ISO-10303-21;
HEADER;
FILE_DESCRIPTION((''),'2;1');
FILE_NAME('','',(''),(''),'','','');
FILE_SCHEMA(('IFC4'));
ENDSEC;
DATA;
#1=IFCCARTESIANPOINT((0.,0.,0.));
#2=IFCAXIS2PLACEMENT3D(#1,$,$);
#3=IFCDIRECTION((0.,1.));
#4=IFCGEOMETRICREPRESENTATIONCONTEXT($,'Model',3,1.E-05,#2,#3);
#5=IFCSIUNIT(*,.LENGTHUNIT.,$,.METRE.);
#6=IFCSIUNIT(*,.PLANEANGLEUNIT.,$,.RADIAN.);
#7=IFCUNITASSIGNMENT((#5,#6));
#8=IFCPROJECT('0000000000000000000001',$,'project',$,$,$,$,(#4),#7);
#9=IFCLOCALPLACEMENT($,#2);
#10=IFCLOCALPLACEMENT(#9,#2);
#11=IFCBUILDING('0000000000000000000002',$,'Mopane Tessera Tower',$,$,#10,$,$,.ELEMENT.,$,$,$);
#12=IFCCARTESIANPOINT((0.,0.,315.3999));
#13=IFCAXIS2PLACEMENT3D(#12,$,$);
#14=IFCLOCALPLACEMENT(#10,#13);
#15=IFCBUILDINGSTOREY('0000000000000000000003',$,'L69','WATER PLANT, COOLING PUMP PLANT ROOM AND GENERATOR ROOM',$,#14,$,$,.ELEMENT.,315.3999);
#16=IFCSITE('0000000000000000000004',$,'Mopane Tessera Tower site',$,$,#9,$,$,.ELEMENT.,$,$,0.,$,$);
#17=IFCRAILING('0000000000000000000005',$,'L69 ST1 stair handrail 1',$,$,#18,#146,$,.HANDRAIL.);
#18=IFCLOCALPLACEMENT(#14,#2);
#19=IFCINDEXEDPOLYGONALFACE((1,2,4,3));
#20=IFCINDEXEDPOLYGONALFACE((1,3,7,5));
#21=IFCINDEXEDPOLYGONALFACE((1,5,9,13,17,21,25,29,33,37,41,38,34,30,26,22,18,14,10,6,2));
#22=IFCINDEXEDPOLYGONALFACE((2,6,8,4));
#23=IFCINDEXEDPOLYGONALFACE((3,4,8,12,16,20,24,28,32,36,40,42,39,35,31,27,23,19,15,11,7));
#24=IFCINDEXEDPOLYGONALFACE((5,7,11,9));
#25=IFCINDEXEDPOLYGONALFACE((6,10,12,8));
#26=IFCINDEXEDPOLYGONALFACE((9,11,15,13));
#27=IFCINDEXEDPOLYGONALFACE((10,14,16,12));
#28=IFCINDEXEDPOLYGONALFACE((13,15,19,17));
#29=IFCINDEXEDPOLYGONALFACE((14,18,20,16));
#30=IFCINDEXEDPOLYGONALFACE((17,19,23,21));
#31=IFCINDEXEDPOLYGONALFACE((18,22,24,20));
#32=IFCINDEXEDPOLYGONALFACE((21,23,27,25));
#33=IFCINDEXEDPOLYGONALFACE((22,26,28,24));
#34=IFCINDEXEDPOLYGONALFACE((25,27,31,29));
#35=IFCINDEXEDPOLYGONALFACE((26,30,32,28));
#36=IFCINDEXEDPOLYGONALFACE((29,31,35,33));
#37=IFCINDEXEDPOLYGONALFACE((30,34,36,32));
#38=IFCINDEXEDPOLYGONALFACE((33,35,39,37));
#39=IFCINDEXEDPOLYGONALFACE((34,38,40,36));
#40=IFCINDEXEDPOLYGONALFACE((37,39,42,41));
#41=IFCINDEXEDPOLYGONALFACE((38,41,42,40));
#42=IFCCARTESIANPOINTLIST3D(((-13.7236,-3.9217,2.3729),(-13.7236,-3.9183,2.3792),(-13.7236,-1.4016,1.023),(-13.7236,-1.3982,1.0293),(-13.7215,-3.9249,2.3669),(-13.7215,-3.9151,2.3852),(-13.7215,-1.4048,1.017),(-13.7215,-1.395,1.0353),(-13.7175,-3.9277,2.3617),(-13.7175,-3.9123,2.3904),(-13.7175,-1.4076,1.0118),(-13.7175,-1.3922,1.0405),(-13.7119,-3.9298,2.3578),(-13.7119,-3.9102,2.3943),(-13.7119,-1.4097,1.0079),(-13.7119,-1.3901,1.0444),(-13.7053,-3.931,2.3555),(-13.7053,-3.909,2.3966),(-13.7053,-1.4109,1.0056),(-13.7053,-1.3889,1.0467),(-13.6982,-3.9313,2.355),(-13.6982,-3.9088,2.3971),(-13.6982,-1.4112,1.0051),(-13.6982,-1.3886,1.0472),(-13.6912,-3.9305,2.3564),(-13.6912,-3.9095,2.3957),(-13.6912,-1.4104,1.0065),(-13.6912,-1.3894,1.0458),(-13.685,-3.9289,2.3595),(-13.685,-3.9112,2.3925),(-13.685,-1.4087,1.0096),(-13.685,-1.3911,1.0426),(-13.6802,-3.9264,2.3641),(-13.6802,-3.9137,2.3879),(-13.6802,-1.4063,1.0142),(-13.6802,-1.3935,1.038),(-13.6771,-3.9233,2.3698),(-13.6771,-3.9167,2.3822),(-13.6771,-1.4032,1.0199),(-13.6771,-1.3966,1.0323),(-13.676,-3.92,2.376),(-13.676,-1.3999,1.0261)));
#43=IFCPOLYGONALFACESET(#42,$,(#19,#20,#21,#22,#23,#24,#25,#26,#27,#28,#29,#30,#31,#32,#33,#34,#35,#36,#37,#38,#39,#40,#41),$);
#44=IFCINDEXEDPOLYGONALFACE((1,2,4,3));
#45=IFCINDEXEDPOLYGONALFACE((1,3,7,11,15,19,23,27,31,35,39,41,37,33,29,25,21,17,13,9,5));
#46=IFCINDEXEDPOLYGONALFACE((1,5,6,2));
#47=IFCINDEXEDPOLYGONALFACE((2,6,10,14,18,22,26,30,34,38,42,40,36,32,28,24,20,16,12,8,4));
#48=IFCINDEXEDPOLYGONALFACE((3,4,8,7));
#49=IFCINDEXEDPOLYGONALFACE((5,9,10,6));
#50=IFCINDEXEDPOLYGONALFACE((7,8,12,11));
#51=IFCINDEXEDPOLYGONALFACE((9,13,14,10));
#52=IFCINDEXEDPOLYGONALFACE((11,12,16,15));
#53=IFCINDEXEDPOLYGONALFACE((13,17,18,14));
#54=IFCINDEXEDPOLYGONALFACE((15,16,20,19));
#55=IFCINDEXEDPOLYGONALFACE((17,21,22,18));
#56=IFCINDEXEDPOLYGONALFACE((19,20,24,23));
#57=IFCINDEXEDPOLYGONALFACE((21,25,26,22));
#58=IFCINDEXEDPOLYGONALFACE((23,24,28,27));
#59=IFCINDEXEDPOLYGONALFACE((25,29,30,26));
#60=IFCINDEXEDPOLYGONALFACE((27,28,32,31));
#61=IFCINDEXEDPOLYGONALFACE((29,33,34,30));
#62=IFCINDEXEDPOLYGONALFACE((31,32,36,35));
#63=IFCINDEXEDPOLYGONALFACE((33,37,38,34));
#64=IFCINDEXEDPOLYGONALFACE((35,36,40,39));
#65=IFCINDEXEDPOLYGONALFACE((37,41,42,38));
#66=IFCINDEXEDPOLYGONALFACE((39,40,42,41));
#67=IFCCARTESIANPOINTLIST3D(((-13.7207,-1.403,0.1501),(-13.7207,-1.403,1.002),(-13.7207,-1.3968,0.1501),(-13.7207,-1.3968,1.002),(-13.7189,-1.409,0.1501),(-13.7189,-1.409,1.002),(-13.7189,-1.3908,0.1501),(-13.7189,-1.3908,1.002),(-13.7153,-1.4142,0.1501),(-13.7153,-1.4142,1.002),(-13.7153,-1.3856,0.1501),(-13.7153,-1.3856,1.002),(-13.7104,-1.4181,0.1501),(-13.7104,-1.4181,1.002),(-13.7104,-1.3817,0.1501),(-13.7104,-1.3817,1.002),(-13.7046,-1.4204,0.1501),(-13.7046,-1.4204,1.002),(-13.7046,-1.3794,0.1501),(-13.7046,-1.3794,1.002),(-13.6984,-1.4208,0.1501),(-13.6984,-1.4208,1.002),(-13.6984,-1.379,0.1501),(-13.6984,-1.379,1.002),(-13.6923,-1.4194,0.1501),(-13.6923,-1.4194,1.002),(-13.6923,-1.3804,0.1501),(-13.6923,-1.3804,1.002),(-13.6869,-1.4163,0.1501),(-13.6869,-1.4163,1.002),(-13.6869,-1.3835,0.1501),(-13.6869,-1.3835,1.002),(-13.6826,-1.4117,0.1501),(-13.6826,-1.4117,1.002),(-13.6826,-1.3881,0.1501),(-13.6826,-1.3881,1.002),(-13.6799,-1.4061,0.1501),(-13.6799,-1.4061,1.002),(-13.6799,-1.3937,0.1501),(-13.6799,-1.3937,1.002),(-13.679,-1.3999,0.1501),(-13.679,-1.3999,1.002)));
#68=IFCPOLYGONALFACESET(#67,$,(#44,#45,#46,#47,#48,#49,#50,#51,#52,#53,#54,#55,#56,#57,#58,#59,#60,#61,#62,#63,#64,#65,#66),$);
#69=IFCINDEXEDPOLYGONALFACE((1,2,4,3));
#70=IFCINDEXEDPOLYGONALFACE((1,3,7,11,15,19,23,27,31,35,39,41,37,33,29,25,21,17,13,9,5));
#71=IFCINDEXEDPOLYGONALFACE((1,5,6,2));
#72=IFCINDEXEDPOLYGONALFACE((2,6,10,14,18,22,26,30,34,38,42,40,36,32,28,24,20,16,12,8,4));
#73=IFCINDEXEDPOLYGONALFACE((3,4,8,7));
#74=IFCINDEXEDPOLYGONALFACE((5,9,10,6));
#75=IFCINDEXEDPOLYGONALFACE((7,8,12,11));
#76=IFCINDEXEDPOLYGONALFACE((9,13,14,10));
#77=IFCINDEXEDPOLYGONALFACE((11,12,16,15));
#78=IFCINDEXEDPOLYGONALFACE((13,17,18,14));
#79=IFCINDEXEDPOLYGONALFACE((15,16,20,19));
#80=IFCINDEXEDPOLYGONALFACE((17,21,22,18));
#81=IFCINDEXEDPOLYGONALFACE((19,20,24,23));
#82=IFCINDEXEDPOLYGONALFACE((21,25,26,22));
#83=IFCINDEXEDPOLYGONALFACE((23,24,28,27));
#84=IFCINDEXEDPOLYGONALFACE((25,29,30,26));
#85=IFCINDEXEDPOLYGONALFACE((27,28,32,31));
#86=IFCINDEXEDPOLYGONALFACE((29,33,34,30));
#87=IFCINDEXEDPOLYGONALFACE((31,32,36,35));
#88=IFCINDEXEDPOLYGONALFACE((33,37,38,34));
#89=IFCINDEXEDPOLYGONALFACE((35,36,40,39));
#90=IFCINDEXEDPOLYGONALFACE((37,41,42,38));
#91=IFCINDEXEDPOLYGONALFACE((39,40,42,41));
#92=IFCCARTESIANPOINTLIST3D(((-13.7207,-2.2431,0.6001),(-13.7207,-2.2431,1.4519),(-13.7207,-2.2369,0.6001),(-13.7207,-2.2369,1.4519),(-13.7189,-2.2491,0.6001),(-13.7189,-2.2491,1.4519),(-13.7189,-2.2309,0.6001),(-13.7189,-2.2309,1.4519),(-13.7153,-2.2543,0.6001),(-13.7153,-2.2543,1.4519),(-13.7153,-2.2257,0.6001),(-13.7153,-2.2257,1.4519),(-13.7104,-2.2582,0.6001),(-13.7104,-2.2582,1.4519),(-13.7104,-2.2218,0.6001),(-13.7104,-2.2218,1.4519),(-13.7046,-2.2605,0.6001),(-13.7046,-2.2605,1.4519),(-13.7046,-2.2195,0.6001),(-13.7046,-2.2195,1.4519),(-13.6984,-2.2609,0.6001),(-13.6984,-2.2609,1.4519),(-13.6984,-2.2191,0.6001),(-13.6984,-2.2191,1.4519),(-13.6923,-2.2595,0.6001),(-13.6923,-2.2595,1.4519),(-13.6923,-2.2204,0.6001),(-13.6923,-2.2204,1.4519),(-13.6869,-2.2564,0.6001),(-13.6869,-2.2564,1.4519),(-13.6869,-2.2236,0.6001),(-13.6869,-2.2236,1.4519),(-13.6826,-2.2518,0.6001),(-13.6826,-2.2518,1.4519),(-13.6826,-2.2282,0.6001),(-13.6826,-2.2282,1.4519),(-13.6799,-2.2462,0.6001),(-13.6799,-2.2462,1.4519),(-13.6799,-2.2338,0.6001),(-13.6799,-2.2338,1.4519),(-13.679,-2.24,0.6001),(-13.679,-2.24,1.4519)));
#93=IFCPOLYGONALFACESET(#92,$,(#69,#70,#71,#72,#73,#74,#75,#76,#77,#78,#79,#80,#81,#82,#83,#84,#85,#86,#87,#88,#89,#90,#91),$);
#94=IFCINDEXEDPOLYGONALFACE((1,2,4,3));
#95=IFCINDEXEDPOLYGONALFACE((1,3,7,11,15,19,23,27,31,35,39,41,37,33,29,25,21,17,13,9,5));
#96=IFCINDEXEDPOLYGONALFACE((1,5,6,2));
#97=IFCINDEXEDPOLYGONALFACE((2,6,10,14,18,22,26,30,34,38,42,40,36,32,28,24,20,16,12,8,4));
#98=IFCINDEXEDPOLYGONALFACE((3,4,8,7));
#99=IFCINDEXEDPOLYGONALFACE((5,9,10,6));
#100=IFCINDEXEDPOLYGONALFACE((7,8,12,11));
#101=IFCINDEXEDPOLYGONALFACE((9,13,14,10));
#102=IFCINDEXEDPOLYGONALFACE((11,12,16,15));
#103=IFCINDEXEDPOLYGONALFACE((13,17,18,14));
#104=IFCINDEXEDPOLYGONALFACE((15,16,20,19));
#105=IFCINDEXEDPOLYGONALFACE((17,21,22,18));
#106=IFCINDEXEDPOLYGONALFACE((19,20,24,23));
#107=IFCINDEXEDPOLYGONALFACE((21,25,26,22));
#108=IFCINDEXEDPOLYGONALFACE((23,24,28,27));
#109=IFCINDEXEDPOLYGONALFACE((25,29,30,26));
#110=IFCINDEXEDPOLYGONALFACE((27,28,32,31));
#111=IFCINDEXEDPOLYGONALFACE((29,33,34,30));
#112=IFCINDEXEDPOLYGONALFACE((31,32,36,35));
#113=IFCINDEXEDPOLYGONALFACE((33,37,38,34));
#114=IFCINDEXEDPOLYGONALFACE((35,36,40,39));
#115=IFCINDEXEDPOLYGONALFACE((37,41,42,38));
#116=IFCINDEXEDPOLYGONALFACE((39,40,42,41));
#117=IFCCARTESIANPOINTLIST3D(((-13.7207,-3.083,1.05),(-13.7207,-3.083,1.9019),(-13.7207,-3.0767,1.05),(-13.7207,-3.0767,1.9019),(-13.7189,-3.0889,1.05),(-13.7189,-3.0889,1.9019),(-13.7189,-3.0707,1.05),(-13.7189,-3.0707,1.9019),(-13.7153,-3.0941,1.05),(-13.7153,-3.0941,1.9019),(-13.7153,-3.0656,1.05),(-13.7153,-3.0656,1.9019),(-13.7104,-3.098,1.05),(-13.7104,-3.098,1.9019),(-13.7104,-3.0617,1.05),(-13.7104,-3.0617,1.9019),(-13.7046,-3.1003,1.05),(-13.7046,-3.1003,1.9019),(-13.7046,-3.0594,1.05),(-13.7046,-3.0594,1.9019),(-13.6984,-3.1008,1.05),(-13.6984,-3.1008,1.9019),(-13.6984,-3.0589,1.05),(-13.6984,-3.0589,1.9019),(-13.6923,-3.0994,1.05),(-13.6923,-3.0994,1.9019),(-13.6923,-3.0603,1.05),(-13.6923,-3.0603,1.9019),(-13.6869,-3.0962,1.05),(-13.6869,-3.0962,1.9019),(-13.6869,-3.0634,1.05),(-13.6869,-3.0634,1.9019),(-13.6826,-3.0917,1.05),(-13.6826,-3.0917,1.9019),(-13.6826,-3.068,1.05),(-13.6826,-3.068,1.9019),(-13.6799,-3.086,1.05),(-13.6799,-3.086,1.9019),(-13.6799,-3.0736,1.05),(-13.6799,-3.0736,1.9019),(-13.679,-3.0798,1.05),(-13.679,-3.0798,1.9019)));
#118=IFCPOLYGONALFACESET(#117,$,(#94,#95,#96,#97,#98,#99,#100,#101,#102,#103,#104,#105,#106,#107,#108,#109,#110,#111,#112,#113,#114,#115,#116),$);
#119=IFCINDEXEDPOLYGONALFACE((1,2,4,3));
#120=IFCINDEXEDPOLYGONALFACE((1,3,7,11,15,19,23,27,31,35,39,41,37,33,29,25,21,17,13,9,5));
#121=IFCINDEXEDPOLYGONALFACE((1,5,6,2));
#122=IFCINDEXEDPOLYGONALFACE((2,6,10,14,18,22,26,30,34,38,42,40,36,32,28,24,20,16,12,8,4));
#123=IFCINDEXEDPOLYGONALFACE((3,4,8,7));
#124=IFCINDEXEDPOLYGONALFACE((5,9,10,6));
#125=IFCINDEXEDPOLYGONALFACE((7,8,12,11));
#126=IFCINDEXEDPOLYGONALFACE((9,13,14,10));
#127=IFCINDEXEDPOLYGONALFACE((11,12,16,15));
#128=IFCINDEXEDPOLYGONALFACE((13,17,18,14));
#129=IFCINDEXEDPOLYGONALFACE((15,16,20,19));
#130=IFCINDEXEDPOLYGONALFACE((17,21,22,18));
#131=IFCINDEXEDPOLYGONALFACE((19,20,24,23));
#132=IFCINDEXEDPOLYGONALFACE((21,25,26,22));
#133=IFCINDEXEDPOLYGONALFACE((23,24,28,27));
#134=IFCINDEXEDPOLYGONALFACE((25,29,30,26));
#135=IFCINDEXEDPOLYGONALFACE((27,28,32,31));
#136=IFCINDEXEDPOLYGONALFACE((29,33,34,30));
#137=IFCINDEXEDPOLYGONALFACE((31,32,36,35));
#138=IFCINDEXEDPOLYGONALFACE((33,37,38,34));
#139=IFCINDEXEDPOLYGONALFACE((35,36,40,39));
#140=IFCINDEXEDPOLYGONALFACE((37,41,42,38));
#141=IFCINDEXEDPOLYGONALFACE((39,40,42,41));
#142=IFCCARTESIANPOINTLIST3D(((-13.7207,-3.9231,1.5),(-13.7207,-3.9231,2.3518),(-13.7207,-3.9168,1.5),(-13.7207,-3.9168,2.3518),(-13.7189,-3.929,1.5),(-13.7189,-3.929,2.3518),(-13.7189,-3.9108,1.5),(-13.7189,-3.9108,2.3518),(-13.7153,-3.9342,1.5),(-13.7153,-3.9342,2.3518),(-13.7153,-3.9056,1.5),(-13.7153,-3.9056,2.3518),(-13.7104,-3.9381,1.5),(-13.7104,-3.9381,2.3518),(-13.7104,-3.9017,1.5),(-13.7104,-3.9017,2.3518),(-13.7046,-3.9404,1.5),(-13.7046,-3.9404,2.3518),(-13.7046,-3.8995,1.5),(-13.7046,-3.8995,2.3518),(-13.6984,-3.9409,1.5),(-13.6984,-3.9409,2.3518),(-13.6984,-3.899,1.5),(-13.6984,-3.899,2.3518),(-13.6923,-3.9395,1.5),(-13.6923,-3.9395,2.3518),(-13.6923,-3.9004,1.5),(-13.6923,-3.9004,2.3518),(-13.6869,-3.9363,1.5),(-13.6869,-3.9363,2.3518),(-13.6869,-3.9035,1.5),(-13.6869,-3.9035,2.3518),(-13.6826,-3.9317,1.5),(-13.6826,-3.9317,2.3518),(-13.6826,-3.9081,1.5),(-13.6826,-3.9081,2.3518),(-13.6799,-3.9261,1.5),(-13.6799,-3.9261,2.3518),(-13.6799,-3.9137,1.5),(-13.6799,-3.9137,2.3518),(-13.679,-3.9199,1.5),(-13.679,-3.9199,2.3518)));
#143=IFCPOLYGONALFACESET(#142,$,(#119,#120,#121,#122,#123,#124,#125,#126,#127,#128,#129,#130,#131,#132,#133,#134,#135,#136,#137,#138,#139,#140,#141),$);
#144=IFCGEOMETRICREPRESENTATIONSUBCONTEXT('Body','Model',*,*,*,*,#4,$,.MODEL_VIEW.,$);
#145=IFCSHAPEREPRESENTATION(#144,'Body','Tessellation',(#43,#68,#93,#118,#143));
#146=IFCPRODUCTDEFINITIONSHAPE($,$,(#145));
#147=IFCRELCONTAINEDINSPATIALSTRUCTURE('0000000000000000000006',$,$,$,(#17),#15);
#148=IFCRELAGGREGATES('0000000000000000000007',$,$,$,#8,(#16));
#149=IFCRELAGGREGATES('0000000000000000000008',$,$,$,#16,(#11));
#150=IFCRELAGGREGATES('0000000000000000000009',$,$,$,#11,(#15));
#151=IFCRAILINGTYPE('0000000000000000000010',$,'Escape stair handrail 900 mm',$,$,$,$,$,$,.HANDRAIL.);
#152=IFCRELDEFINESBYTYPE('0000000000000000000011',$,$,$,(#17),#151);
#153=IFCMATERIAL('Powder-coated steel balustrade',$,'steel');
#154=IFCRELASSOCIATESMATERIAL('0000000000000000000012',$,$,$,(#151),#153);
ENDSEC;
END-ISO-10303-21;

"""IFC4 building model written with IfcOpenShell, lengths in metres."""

from ifc_helpers import new_model, si_unit, direction, frame, origin, origin_2d, place, context, subcontext, project, spatial, circle, extrude, material, type_object, element, save


model = new_model("IFC4")

# Units and contexts
model_context = context("Model", 3, precision=1e-05, world=origin(), true_north=direction((0.0, 1.0)))
body_context = subcontext(model_context, "Body", "Model", "MODEL_VIEW")
ifc_project = project(units=[si_unit("LENGTHUNIT", "METRE"), si_unit("PLANEANGLEUNIT", "RADIAN")], contexts=[model_context])

# Site, building, storey
site_placement = place(None, origin())
site = spatial("IfcSite", under=ifc_project, at=site_placement, Name="Mopane Tessera Tower site", CompositionType="ELEMENT", RefElevation=0.0)
building_placement = place(site_placement, origin())
building = spatial("IfcBuilding", under=site, at=building_placement, Name="Mopane Tessera Tower", CompositionType="ELEMENT")
storey_placement = place(building_placement, frame((0.0, 0.0, 315.3999)))
storey = spatial("IfcBuildingStorey", under=building, at=storey_placement, Name="L69", Description="WATER PLANT, COOLING PUMP PLANT ROOM AND GENERATOR ROOM", CompositionType="ELEMENT", Elevation=315.3999)

# Railing
ifc_material_1 = material(Name="Powder-coated steel balustrade", Category="steel")
railing_type_1 = type_object("IfcRailingType", Name="Escape stair handrail 900 mm", PredefinedType="HANDRAIL", material=ifc_material_1)
railing_1_placement = place(storey_placement, frame((-13.7, -1.3999, 0.1501)))
element("IfcRailing", 1, at=railing_1_placement, inside=storey, type_object=railing_type_1, Name="L69 ST1 stair handrail 1", PredefinedType="HANDRAIL", context=body_context, shape_type="SweptSolid", body=[
    extrude(circle(Radius=0.0239, at=origin_2d()), frame((0.0, 0.0, 0.876), z_axis=(0.0, -0.881503, 0.472179), x_axis=(1.0, 0.0, 0.0)), (0.0, 0.0, 1.0), 2.8589),
    extrude(circle(Radius=0.021, at=origin_2d()), origin(), (0.0, 0.0, 1.0), 0.8518),
    extrude(circle(Radius=0.021, at=origin_2d()), frame((0.0, -0.8401, 0.45)), (0.0, 0.0, 1.0), 0.8518),
    extrude(circle(Radius=0.021, at=origin_2d()), frame((0.0, -1.6799, 0.8999)), (0.0, 0.0, 1.0), 0.8518),
    extrude(circle(Radius=0.021, at=origin_2d()), frame((0.0, -2.52, 1.3499)), (0.0, 0.0, 1.0), 0.8518),
])

save(model, "model.ifc")
